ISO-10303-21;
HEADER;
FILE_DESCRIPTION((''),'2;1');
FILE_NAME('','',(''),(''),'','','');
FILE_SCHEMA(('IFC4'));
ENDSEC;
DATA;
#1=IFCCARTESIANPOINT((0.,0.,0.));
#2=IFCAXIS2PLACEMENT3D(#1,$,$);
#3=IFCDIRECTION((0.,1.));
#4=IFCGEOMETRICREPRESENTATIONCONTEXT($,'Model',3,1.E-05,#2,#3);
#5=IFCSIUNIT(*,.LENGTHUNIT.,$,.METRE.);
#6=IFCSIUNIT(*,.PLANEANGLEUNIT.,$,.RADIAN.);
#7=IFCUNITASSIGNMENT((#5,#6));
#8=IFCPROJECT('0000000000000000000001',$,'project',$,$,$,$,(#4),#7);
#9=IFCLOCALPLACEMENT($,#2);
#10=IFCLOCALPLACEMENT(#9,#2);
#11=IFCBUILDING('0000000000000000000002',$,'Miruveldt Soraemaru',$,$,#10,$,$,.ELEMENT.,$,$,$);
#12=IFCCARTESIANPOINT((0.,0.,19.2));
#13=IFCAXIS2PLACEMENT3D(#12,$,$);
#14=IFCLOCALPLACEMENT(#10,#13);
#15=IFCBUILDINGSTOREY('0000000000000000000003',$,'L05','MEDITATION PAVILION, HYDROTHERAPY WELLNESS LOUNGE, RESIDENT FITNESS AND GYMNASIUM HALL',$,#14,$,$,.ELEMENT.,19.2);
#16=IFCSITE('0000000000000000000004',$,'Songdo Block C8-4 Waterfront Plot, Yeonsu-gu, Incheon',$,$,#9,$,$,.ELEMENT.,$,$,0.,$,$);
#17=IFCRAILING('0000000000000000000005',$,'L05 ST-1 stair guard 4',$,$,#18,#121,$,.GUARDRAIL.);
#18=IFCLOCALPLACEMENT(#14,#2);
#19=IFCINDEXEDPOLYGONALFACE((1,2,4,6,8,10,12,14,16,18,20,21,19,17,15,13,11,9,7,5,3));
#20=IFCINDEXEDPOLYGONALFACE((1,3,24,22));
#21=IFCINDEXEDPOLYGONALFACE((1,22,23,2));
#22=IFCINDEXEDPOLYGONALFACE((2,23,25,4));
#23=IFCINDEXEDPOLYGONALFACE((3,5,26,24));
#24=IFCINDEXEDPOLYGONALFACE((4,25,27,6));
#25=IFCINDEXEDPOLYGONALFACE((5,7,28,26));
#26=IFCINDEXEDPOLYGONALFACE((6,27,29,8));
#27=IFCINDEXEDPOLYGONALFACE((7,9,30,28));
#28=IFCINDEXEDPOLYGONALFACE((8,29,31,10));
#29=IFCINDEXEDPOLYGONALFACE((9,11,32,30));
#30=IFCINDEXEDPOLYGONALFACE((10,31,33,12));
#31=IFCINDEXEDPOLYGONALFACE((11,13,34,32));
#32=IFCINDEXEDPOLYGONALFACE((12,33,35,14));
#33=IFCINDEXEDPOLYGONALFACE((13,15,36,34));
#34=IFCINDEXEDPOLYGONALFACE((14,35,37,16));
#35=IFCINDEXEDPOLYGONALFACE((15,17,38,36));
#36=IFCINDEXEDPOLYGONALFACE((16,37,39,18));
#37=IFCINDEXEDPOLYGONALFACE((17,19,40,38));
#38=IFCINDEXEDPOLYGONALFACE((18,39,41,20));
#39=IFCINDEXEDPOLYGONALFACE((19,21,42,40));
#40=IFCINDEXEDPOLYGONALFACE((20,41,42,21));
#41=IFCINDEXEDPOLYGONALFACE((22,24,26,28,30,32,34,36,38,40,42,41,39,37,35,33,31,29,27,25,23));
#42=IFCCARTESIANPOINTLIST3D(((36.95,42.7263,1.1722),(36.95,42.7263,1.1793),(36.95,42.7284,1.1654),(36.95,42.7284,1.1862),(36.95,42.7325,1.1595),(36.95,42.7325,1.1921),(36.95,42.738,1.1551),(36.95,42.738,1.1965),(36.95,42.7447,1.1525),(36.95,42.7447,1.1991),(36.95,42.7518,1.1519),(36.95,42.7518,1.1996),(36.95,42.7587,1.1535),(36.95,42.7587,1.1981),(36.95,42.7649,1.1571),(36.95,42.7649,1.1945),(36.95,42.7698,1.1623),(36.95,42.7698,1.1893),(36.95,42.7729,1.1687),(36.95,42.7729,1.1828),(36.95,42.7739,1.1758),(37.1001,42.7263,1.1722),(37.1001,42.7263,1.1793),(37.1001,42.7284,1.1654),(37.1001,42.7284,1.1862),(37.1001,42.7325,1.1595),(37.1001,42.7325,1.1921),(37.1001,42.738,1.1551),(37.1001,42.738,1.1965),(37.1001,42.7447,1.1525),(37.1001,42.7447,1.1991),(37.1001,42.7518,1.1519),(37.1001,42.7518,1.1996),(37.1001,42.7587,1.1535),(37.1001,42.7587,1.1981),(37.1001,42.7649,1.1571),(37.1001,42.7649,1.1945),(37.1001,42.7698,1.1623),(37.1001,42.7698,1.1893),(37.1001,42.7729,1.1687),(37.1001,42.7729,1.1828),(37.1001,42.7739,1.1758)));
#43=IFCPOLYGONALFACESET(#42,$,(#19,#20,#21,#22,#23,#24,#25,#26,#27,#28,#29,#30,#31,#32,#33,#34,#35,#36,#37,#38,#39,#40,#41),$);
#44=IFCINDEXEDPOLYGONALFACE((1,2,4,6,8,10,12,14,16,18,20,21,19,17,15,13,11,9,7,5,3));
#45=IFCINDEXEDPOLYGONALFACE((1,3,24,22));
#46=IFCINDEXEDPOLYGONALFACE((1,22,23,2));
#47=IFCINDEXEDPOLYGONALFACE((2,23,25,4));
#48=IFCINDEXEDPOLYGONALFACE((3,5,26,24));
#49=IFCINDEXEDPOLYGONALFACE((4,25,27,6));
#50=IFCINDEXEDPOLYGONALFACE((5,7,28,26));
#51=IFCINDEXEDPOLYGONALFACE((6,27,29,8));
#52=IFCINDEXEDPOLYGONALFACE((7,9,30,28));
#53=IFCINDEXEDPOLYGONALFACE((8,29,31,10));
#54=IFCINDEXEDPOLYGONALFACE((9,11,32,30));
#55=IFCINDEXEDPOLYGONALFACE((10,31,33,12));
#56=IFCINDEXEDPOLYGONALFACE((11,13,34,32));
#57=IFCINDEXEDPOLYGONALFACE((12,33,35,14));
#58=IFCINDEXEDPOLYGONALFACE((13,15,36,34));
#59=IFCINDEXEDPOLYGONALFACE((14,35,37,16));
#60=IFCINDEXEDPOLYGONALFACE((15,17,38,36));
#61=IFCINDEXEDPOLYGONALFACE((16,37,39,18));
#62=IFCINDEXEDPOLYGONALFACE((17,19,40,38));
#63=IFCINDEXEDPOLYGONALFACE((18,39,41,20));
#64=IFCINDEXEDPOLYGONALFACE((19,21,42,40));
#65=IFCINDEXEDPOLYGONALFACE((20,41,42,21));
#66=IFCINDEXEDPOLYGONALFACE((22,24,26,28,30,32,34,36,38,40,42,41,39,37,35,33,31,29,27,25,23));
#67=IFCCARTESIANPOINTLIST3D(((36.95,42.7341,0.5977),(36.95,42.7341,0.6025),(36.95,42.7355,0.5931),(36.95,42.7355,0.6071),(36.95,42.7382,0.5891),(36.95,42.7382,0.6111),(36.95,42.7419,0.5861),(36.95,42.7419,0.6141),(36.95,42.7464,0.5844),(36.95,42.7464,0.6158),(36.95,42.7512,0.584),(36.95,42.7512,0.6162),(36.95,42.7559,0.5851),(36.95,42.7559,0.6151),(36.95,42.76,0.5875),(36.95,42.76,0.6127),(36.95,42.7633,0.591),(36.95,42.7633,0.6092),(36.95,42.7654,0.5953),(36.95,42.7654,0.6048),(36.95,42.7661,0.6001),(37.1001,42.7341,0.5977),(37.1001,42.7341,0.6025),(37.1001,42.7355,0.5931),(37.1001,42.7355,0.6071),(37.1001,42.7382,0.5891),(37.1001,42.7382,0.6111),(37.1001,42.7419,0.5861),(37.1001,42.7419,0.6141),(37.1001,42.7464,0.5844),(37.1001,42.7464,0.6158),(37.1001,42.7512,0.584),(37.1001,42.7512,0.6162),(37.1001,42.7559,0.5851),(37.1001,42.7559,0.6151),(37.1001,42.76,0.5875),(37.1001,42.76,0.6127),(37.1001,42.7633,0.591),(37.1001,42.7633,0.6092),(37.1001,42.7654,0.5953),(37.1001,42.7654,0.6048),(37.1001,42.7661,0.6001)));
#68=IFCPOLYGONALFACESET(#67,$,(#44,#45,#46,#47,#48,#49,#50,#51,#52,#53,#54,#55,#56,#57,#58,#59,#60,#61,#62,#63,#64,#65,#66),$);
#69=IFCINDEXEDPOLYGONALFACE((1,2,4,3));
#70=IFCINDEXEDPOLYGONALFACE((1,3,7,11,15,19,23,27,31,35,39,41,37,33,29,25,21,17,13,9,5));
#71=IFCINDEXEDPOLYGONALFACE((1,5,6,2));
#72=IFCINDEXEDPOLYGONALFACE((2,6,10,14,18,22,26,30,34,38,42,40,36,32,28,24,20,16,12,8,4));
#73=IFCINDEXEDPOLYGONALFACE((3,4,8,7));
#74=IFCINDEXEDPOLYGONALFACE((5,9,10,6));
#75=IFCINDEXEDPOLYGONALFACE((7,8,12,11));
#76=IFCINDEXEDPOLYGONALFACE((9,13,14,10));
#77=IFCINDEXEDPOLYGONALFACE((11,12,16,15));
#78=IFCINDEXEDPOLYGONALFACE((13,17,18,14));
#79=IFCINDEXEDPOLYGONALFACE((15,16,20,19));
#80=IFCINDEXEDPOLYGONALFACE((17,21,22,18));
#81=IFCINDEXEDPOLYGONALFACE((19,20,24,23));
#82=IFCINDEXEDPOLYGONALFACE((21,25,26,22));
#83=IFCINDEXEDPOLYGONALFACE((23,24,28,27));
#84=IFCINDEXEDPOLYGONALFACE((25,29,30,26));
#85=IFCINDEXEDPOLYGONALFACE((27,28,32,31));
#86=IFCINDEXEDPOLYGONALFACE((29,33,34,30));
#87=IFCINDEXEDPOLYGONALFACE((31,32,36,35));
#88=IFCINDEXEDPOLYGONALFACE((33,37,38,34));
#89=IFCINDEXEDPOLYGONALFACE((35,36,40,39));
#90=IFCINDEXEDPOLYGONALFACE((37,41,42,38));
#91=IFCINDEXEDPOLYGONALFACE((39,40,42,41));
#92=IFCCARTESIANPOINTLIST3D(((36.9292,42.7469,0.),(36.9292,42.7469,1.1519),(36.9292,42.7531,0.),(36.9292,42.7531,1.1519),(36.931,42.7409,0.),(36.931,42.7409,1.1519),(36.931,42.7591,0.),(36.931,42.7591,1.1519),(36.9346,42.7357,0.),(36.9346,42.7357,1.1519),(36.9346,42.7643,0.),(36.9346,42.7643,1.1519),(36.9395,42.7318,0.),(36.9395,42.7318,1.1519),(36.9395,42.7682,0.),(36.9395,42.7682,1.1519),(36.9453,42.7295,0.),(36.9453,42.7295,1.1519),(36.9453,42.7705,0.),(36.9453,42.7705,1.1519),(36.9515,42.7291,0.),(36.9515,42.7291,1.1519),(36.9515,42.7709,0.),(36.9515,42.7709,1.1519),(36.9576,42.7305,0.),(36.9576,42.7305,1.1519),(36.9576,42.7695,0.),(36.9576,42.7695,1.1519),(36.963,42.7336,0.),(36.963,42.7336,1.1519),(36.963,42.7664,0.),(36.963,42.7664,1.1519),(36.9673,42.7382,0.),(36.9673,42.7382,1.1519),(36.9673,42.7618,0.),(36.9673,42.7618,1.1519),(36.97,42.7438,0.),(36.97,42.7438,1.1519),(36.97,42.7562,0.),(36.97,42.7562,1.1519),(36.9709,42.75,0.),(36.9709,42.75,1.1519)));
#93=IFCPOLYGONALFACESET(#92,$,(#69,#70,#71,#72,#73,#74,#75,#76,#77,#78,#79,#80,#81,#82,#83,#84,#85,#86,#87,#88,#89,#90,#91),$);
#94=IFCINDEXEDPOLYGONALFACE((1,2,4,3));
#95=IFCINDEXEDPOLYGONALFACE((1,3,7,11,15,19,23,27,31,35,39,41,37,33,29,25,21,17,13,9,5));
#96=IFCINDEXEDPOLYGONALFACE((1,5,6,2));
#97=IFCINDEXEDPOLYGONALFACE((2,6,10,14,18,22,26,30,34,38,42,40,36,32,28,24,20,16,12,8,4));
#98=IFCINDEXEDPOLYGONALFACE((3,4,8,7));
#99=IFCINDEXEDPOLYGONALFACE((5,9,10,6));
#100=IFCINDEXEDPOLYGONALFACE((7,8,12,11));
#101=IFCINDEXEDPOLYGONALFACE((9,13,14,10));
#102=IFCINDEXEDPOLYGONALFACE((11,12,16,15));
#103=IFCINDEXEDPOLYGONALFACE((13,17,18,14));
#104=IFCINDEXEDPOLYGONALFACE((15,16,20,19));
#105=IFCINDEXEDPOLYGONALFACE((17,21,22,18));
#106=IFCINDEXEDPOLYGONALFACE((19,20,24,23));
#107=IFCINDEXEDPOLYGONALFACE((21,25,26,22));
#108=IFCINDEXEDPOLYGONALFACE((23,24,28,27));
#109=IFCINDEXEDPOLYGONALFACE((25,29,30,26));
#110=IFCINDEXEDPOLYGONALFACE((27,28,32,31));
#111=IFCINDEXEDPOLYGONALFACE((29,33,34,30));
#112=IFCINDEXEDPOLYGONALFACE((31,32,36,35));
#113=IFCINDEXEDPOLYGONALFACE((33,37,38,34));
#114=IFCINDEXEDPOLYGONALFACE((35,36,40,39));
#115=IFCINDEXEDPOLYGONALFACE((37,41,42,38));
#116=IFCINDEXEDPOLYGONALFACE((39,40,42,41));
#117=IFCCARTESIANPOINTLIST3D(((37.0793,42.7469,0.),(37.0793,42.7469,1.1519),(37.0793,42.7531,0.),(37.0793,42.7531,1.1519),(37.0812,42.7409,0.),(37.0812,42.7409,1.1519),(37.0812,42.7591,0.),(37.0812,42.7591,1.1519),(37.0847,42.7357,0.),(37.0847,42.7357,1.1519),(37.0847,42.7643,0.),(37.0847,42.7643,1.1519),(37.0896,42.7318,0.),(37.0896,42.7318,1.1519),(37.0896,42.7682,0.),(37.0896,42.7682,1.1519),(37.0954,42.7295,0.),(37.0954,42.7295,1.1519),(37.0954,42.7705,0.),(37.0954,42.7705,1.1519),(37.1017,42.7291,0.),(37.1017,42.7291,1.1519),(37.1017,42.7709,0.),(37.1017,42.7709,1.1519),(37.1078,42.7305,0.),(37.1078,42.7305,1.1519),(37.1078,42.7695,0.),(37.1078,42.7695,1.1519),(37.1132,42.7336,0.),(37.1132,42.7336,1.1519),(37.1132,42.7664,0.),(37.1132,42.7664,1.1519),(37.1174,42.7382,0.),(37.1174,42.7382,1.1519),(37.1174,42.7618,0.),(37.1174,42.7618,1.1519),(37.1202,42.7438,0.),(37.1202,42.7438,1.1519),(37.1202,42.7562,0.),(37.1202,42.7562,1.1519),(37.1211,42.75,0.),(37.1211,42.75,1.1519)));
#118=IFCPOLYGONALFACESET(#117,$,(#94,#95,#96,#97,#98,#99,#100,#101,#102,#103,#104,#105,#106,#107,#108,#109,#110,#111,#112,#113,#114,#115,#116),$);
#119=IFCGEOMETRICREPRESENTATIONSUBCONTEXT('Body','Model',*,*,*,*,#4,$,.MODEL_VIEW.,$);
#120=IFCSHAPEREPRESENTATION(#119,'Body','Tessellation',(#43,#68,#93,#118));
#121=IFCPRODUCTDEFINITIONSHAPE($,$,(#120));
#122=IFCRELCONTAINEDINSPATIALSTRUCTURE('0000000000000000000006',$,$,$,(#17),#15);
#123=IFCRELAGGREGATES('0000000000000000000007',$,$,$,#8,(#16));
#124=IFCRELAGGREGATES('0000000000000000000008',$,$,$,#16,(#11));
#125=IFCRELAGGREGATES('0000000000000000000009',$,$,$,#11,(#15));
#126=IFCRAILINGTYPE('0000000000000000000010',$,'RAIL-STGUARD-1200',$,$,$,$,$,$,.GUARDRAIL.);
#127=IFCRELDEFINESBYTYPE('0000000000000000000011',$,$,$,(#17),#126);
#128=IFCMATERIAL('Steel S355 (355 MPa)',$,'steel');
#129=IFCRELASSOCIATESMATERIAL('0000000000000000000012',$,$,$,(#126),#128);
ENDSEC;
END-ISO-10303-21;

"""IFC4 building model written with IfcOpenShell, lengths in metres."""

from ifc_helpers import new_model, si_unit, direction, frame, origin, origin_2d, place, context, subcontext, project, spatial, circle, extrude, material, type_object, element, save


model = new_model("IFC4")

# Units and contexts
model_context = context("Model", 3, precision=1e-05, world=origin(), true_north=direction((0.0, 1.0)))
body_context = subcontext(model_context, "Body", "Model", "MODEL_VIEW")
ifc_project = project(units=[si_unit("LENGTHUNIT", "METRE"), si_unit("PLANEANGLEUNIT", "RADIAN")], contexts=[model_context])

# Site, building, storey
site_placement = place(None, origin())
site = spatial("IfcSite", under=ifc_project, at=site_placement, Name="Songdo Block C8-4 Waterfront Plot, Yeonsu-gu, Incheon", CompositionType="ELEMENT", RefElevation=0.0)
building_placement = place(site_placement, origin())
building = spatial("IfcBuilding", under=site, at=building_placement, Name="Miruveldt Soraemaru", CompositionType="ELEMENT")
storey_placement = place(building_placement, frame((0.0, 0.0, 19.2)))
storey = spatial("IfcBuildingStorey", under=building, at=storey_placement, Name="L05", Description="MEDITATION PAVILION, HYDROTHERAPY WELLNESS LOUNGE, RESIDENT FITNESS AND GYMNASIUM HALL", CompositionType="ELEMENT", Elevation=19.2)

# Railing
ifc_material_1 = material(Name="Steel S355 (355 MPa)", Category="steel")
railing_type_1 = type_object("IfcRailingType", Name="RAIL-STGUARD-1200", PredefinedType="GUARDRAIL", material=ifc_material_1)
railing_1_placement = place(storey_placement, frame((36.95, 42.75, 0.0)))
element("IfcRailing", 1, at=railing_1_placement, inside=storey, type_object=railing_type_1, Name="L05 ST-1 stair guard 4", PredefinedType="GUARDRAIL", context=body_context, shape_type="SweptSolid", body=[
    extrude(circle(Radius=0.0239, at=origin_2d()), frame((0.0, 0.0, 1.1758), z_axis=(1.0, 0.0, 0.0), x_axis=(0.0, 1.0, 0.0)), (0.0, 0.0, 1.0), 0.1501),
    extrude(circle(Radius=0.0161, at=origin_2d()), frame((0.0, 0.0, 0.6001), z_axis=(1.0, 0.0, 0.0), x_axis=(0.0, 1.0, 0.0)), (0.0, 0.0, 1.0), 0.1501),
    extrude(circle(Radius=0.021, at=origin_2d()), origin(), (0.0, 0.0, 1.0), 1.1519),
    extrude(circle(Radius=0.021, at=origin_2d()), frame((0.1501, 0.0, 0.0)), (0.0, 0.0, 1.0), 1.1519),
])

save(model, "model.ifc")
